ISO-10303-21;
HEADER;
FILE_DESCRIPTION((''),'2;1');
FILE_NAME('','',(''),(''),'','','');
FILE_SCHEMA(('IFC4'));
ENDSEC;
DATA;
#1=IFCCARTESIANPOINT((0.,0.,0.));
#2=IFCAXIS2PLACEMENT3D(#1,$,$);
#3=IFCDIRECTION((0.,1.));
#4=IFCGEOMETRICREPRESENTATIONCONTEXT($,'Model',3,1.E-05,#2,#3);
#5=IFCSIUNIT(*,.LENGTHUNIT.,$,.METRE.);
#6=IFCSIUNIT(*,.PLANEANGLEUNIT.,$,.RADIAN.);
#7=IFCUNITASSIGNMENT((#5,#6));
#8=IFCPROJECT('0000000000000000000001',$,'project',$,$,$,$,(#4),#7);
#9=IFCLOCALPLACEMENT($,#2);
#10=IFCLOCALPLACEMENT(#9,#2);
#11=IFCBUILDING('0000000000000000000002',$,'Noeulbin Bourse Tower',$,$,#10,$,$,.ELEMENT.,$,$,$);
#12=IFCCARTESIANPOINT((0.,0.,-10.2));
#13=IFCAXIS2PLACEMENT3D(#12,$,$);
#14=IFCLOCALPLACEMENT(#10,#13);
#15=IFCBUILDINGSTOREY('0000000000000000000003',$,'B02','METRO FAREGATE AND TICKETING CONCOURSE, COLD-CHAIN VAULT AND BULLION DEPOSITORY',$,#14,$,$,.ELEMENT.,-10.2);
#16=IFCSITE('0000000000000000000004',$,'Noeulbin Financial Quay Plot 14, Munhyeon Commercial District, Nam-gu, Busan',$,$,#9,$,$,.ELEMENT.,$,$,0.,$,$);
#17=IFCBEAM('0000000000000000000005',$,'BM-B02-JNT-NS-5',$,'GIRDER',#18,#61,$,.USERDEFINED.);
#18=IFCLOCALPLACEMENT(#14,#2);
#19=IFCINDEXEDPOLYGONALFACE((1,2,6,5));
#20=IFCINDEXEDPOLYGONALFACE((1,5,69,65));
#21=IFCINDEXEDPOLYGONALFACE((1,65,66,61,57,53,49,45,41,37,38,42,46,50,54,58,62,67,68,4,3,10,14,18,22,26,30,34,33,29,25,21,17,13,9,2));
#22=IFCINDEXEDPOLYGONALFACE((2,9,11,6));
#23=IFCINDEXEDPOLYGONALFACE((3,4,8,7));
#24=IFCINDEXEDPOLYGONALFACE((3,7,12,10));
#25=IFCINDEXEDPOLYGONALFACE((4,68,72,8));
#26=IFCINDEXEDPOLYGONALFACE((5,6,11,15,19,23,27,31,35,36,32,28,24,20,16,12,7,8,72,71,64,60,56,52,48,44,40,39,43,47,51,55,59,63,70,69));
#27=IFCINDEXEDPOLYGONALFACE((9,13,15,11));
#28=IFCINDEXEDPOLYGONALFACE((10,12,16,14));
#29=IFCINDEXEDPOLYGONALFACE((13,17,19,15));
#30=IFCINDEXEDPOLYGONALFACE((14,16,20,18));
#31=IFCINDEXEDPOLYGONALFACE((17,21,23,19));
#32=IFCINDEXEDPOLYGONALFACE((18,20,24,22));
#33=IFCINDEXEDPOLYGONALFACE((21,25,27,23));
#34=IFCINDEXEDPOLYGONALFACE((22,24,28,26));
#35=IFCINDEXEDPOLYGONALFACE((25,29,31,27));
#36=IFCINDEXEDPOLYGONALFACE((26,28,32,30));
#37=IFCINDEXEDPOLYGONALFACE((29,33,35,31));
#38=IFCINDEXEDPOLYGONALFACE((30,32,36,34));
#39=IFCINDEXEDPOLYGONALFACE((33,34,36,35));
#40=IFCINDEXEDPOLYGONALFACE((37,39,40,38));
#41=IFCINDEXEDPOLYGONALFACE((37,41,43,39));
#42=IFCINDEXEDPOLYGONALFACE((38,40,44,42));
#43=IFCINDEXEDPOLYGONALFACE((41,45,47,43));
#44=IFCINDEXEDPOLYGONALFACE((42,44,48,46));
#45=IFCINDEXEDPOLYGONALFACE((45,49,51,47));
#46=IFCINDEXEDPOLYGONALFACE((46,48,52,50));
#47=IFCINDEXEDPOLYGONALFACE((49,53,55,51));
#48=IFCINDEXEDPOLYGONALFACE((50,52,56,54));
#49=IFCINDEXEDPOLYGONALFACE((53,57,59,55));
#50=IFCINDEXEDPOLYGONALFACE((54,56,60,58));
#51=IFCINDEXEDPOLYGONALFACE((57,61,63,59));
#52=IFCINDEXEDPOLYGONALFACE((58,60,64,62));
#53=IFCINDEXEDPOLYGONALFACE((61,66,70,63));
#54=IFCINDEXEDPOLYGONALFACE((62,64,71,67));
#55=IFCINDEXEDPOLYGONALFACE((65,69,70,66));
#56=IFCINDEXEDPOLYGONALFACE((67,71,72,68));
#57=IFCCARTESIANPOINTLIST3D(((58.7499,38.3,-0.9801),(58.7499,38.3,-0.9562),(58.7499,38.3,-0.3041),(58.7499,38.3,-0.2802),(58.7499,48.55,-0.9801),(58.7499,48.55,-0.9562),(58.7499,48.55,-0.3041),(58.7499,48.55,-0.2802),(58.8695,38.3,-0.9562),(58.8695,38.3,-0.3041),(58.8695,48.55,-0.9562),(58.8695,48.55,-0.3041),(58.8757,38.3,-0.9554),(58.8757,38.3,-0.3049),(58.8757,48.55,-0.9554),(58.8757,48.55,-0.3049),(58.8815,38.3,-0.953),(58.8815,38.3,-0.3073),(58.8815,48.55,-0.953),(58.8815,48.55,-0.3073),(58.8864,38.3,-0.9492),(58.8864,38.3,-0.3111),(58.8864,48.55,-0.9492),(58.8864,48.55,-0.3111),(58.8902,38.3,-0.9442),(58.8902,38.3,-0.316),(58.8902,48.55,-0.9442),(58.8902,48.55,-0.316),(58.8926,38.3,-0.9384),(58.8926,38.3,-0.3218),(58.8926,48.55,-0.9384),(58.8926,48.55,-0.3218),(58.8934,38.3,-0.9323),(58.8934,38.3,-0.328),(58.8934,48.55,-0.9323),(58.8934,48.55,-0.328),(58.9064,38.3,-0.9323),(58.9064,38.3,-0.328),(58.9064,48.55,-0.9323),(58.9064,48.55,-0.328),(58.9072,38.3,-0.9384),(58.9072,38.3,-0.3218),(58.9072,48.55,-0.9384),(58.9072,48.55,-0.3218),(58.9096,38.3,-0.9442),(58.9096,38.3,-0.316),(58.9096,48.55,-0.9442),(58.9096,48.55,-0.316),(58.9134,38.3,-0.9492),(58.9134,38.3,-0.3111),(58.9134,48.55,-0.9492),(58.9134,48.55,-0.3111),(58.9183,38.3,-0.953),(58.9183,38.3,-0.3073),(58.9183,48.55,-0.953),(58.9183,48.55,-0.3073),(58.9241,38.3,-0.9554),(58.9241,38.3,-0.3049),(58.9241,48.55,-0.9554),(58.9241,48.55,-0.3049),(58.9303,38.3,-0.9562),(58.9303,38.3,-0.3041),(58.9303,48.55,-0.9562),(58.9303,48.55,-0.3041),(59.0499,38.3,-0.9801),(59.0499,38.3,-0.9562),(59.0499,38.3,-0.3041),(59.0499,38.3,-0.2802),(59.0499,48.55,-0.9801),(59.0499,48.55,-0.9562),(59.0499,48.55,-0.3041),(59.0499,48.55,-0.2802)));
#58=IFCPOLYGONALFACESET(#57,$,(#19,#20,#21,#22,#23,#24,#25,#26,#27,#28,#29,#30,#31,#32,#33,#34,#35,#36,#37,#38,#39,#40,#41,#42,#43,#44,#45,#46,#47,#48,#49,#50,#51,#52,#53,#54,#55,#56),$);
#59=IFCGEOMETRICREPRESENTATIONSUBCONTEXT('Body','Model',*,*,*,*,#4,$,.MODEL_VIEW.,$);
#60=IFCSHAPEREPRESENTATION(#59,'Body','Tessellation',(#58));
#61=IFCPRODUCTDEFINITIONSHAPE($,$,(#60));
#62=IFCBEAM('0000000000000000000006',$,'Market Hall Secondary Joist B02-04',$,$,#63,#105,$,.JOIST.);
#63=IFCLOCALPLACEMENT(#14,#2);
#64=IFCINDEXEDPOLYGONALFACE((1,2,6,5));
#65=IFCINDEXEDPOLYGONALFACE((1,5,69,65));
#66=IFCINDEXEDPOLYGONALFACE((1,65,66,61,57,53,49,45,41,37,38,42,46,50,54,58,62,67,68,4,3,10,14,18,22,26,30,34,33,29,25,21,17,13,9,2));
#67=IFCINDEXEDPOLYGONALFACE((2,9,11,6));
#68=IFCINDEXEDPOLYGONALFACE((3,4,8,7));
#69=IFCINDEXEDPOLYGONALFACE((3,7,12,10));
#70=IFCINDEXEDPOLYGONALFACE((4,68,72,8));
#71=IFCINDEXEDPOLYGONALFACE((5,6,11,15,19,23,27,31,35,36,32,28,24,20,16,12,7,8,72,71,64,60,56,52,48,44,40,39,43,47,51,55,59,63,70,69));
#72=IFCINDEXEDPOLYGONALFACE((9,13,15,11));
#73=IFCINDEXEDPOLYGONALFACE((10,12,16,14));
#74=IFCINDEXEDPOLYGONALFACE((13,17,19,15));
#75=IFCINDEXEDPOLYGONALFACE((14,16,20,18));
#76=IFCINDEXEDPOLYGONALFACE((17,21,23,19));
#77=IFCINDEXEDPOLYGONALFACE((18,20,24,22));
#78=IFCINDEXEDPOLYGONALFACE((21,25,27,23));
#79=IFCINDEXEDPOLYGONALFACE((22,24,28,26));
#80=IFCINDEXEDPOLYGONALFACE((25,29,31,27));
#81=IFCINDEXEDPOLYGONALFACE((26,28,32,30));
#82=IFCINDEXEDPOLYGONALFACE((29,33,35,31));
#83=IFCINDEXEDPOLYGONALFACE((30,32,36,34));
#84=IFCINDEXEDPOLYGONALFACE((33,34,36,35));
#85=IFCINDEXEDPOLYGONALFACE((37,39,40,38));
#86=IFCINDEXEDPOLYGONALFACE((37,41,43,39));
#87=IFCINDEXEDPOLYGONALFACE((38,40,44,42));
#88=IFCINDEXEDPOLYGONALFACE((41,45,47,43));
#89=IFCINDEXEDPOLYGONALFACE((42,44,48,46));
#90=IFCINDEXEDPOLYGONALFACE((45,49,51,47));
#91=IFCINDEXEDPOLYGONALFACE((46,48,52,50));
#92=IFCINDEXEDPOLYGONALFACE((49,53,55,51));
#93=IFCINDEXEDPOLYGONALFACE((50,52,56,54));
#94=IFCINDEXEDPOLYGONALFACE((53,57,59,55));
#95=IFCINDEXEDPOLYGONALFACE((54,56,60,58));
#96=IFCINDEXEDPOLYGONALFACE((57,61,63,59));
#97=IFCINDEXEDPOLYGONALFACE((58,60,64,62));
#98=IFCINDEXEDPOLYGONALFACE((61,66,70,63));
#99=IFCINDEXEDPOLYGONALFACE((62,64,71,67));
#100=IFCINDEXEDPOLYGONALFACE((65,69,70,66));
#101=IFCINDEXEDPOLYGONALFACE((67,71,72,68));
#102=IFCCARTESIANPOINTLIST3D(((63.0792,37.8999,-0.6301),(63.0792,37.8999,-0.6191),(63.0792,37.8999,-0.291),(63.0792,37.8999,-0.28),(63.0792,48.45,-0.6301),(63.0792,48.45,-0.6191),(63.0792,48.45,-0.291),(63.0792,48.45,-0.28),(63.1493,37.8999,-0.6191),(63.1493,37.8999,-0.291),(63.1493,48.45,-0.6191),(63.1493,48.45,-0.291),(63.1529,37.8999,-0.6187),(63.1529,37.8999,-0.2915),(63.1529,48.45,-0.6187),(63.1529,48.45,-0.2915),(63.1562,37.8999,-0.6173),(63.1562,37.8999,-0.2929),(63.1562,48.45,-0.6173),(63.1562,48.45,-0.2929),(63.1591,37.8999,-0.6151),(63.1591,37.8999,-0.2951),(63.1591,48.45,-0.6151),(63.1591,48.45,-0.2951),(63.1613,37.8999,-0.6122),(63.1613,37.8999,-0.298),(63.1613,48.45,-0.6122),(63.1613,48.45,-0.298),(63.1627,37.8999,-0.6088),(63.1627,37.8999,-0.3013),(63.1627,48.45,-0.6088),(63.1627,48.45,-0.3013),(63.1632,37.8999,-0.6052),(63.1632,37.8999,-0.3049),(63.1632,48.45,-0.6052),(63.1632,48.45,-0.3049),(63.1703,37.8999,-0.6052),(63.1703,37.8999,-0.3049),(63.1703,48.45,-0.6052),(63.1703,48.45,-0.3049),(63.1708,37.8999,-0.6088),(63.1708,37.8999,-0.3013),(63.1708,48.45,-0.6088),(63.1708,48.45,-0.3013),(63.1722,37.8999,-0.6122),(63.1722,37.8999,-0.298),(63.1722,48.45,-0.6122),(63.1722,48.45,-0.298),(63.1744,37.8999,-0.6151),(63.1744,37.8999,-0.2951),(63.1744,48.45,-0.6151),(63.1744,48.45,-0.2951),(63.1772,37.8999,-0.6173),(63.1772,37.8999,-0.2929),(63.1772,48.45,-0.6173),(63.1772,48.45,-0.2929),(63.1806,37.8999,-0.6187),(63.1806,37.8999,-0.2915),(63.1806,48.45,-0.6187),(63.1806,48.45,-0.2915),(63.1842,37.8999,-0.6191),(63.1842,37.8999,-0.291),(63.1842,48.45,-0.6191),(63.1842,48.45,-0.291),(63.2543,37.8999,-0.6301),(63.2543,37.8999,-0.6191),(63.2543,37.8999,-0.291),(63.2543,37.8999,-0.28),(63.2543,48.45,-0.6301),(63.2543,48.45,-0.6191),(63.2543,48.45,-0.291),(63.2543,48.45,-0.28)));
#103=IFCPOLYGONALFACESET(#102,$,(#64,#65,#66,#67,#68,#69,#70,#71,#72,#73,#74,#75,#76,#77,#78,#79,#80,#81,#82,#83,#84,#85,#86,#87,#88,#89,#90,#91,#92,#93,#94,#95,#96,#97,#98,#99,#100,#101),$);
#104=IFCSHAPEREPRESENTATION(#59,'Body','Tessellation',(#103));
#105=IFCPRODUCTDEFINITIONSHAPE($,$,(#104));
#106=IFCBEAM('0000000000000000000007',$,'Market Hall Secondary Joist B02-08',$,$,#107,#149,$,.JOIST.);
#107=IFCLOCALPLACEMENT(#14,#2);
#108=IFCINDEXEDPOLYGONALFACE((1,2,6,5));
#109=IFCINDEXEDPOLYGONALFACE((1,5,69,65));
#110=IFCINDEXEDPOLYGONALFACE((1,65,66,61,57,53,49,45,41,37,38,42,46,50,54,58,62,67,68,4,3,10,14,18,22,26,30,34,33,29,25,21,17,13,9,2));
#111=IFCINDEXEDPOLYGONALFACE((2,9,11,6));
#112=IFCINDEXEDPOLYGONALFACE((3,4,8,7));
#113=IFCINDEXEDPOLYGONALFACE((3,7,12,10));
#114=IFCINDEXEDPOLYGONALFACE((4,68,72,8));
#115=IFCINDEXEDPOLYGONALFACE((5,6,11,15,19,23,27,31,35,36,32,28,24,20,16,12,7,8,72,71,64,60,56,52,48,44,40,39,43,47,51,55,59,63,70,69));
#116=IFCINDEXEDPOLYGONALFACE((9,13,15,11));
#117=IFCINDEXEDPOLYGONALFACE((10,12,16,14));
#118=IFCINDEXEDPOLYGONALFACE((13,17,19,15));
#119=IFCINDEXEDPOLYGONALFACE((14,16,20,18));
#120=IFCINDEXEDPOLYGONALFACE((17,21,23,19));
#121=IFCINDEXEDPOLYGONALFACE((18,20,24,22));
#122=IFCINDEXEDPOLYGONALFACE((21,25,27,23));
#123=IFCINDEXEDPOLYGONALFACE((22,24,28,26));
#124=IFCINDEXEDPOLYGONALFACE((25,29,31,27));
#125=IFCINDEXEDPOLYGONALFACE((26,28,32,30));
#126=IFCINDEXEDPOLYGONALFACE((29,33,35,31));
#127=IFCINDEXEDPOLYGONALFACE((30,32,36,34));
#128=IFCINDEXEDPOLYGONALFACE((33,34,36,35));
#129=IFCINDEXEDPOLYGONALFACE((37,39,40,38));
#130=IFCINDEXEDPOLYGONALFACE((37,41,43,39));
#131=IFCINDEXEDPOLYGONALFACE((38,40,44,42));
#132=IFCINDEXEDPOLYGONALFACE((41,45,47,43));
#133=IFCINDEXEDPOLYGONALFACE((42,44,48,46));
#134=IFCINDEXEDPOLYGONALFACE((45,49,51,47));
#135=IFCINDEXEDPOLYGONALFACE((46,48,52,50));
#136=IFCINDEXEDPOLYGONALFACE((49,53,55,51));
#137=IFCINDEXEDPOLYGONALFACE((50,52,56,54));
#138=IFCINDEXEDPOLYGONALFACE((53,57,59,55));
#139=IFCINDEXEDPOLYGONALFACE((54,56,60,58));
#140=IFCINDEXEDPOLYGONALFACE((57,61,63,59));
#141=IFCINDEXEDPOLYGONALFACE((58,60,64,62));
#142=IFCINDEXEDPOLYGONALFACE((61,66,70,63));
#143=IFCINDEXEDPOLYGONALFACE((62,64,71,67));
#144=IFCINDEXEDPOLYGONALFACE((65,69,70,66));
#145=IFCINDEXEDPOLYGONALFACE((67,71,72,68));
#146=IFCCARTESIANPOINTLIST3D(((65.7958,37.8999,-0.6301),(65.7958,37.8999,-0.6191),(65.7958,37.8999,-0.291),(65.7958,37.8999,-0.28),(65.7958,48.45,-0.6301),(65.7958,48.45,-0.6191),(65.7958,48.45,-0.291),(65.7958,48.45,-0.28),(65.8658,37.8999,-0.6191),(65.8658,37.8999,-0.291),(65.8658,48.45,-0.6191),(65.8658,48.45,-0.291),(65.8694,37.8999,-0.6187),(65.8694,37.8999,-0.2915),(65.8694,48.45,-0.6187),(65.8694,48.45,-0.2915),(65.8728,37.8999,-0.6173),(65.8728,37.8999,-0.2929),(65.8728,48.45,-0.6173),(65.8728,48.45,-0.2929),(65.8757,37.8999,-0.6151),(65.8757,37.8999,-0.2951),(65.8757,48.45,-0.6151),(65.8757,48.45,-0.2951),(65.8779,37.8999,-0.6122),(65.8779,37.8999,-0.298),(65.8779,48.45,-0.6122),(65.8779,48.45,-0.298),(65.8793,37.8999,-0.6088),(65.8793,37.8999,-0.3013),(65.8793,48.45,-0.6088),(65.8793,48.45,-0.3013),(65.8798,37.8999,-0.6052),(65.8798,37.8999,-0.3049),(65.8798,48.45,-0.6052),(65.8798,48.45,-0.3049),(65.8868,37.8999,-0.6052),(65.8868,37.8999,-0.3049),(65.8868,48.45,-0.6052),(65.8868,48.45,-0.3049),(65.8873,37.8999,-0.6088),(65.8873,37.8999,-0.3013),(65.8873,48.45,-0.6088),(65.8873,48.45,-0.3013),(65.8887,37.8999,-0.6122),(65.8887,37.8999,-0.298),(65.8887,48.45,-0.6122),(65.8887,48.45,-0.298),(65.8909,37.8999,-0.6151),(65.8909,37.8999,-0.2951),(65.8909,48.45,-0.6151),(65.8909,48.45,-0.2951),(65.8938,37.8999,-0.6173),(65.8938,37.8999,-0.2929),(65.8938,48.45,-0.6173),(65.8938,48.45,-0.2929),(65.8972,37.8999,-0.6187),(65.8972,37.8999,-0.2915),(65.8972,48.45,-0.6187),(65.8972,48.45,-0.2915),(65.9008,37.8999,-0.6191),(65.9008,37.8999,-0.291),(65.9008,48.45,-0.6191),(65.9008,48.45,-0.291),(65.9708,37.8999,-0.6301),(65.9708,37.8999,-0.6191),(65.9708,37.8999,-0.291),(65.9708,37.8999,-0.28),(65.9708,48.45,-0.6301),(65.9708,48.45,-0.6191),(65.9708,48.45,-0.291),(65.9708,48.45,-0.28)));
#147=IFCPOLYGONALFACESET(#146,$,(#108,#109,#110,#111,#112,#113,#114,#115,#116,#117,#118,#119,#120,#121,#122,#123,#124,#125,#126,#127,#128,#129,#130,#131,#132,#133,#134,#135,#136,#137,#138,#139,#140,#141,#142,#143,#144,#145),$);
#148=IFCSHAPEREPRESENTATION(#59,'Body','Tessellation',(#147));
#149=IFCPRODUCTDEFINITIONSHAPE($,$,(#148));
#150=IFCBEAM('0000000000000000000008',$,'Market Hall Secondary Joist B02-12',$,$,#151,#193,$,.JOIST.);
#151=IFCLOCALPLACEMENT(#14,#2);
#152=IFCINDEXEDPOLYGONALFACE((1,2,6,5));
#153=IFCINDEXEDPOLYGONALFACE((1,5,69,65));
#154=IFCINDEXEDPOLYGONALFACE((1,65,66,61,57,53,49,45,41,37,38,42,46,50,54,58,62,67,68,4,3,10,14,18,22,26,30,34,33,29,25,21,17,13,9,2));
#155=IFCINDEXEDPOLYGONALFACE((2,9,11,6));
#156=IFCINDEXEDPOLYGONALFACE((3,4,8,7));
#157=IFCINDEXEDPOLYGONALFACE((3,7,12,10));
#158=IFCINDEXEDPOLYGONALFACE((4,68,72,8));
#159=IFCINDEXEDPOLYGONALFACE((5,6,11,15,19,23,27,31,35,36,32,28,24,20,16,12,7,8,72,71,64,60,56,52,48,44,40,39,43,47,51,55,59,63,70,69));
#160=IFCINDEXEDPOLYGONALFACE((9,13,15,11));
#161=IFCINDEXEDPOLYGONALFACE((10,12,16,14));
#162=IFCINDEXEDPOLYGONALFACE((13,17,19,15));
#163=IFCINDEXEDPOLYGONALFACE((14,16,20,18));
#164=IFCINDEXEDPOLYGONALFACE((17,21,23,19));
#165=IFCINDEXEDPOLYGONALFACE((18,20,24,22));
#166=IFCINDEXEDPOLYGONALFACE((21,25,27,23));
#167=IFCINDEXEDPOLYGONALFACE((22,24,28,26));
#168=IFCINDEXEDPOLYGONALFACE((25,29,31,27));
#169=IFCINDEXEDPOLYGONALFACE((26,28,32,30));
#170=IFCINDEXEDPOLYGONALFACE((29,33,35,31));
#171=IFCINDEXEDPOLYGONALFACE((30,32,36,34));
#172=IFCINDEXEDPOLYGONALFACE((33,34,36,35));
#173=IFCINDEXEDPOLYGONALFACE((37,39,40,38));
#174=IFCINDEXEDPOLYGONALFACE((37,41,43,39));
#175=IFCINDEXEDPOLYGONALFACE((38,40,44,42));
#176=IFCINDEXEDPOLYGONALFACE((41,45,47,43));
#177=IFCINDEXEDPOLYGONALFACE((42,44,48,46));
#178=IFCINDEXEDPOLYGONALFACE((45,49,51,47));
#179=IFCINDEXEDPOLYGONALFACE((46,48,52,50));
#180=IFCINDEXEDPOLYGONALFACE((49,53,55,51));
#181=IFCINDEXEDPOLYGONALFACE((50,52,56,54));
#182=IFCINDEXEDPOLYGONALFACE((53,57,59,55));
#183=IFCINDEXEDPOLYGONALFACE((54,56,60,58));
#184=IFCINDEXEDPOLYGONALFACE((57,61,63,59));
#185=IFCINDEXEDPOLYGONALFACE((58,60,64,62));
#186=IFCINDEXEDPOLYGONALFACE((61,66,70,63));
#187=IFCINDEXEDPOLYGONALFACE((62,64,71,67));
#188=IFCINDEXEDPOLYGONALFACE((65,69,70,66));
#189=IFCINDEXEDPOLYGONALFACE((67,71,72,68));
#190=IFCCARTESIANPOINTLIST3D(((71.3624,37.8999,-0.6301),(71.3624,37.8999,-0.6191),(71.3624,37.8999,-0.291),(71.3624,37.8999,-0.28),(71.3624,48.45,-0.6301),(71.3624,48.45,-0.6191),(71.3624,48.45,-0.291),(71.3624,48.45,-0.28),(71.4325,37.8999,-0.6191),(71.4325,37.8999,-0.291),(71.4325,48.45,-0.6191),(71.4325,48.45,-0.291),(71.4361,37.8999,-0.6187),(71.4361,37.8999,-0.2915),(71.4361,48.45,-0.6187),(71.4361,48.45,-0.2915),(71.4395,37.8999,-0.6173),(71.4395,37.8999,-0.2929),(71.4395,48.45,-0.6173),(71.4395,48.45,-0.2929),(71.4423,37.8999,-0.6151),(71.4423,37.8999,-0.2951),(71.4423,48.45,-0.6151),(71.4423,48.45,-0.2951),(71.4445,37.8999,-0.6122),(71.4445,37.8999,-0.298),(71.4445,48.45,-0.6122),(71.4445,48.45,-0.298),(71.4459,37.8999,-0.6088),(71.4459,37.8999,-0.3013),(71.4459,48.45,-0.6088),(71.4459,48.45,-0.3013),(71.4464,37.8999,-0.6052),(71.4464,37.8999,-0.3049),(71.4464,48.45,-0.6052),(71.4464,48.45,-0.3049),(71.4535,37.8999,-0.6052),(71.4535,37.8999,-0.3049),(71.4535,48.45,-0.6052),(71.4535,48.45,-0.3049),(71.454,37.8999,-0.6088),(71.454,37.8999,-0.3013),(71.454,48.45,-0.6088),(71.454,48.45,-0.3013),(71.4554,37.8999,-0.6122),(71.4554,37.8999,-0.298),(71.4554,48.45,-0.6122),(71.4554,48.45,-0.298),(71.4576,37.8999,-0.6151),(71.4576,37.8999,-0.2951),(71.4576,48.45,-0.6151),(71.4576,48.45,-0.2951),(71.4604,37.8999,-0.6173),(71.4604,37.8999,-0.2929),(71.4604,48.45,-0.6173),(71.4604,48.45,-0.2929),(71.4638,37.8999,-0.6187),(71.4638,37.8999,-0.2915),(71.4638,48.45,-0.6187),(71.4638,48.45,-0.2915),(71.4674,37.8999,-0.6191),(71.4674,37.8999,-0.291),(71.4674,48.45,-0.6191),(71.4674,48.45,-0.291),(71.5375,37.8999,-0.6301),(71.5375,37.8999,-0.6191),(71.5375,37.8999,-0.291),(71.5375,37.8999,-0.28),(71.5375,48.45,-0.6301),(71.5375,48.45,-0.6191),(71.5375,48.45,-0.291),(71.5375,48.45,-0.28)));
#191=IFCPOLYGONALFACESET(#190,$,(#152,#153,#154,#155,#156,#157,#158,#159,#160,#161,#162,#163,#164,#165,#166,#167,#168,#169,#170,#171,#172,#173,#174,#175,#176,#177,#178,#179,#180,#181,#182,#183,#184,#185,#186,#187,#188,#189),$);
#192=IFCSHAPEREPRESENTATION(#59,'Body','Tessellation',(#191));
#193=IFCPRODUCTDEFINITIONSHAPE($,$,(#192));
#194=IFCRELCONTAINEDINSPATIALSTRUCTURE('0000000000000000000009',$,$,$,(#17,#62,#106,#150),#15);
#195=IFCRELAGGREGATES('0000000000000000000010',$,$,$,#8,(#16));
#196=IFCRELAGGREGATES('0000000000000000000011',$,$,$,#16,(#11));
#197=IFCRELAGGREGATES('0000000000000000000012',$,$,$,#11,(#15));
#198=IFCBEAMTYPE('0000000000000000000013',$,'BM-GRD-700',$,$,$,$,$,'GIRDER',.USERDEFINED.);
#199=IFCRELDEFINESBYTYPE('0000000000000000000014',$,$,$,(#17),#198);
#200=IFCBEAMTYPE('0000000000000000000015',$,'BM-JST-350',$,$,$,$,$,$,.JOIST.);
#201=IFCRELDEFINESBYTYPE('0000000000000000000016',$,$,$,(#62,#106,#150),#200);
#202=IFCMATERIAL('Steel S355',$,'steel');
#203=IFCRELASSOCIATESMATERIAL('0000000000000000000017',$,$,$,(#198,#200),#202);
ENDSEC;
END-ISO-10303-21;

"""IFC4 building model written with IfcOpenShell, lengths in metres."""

from ifc_helpers import new_model, si_unit, direction, frame, origin, origin_2d, place, context, subcontext, project, spatial, i_section, extrude, material, material_profile, profile_set, type_object, element, save


model = new_model("IFC4")

# Units and contexts
model_context = context("Model", 3, precision=1e-05, world=origin(), true_north=direction((0.0, 1.0)))
body_context = subcontext(model_context, "Body", "Model", "MODEL_VIEW")
ifc_project = project(units=[si_unit("LENGTHUNIT", "METRE"), si_unit("PLANEANGLEUNIT", "RADIAN")], contexts=[model_context])

# Site, building, storey
site_placement = place(None, origin())
site = spatial("IfcSite", under=ifc_project, at=site_placement, Name="Noeulbin Financial Quay Plot 14, Munhyeon Commercial District, Nam-gu, Busan", CompositionType="ELEMENT", RefElevation=0.0)
building_placement = place(site_placement, origin())
building = spatial("IfcBuilding", under=site, at=building_placement, Name="Noeulbin Bourse Tower", CompositionType="ELEMENT")
storey_placement = place(building_placement, frame((0.0, 0.0, -10.2)))
storey = spatial("IfcBuildingStorey", under=building, at=storey_placement, Name="B02", Description="METRO FAREGATE AND TICKETING CONCOURSE, COLD-CHAIN VAULT AND BULLION DEPOSITORY", CompositionType="ELEMENT", Elevation=-10.2)

# Beams
ifc_material_1 = material(Name="Steel S355", Category="steel")
ifc_material_profile_1 = material_profile(ifc_material_1, i_section(OverallWidth=0.3, OverallDepth=0.7, WebThickness=0.0129, FlangeThickness=0.0239, FilletRadius=0.0239, at=origin_2d()), Name="H-700x300x13x24", Category="LoadBearing")
ifc_profile_set_1 = profile_set([ifc_material_profile_1], Name="Steel S355")
beam_type_1 = type_object("IfcBeamType", Name="BM-GRD-700", ElementType="GIRDER", PredefinedType="USERDEFINED", material=ifc_profile_set_1)
beam_1_placement = place(storey_placement, frame((58.8999, 38.3, -0.6301), z_axis=(0.0, 1.0, 0.0), x_axis=(-1.0, 0.0, 0.0)))
element("IfcBeam", 1, at=beam_1_placement, inside=storey, type_object=beam_type_1, Name="BM-B02-JNT-NS-5", ObjectType="GIRDER", PredefinedType="USERDEFINED", context=body_context, shape_type="SweptSolid", body=[
    extrude(i_section(OverallWidth=0.3, OverallDepth=0.7, WebThickness=0.0129, FlangeThickness=0.0239, FilletRadius=0.0239, at=origin_2d()), origin(), (0.0, 0.0, 1.0), 10.25),
])
ifc_material_profile_2 = material_profile(ifc_material_1, i_section(OverallWidth=0.175, OverallDepth=0.3501, WebThickness=0.0071, FlangeThickness=0.011, FilletRadius=0.0139, at=origin_2d()), Name="H-350x175x7x11", Category="LoadBearing")
ifc_profile_set_2 = profile_set([ifc_material_profile_2], Name="Steel S355")
beam_type_2 = type_object("IfcBeamType", Name="BM-JST-350", PredefinedType="JOIST", material=ifc_profile_set_2)
for number, where, z_axis, x_axis, name in (
    (2, (63.1667, 37.8999, -0.4551), (0.0, 1.0, 0.0), (-1.0, 0.0, 0.0), "Market Hall Secondary Joist B02-04"),
    (3, (65.8833, 37.8999, -0.4551), (0.0, 1.0, 0.0), (-1.0, 0.0, 0.0), "Market Hall Secondary Joist B02-08"),
    (4, (71.45, 37.8999, -0.4551), (0.0, 1.0, 0.0), (-1.0, 0.0, 0.0), "Market Hall Secondary Joist B02-12"),
):
    element("IfcBeam", number, at=place(storey_placement, frame(where, z_axis=z_axis, x_axis=x_axis)), inside=storey, type_object=beam_type_2, Name=name, PredefinedType="JOIST", context=body_context, shape_type="SweptSolid", body=[
        extrude(i_section(OverallWidth=0.175, OverallDepth=0.3501, WebThickness=0.0071, FlangeThickness=0.011, FilletRadius=0.0139, at=origin_2d()), origin(), (0.0, 0.0, 1.0), 10.55),
    ])

save(model, "model.ifc")
